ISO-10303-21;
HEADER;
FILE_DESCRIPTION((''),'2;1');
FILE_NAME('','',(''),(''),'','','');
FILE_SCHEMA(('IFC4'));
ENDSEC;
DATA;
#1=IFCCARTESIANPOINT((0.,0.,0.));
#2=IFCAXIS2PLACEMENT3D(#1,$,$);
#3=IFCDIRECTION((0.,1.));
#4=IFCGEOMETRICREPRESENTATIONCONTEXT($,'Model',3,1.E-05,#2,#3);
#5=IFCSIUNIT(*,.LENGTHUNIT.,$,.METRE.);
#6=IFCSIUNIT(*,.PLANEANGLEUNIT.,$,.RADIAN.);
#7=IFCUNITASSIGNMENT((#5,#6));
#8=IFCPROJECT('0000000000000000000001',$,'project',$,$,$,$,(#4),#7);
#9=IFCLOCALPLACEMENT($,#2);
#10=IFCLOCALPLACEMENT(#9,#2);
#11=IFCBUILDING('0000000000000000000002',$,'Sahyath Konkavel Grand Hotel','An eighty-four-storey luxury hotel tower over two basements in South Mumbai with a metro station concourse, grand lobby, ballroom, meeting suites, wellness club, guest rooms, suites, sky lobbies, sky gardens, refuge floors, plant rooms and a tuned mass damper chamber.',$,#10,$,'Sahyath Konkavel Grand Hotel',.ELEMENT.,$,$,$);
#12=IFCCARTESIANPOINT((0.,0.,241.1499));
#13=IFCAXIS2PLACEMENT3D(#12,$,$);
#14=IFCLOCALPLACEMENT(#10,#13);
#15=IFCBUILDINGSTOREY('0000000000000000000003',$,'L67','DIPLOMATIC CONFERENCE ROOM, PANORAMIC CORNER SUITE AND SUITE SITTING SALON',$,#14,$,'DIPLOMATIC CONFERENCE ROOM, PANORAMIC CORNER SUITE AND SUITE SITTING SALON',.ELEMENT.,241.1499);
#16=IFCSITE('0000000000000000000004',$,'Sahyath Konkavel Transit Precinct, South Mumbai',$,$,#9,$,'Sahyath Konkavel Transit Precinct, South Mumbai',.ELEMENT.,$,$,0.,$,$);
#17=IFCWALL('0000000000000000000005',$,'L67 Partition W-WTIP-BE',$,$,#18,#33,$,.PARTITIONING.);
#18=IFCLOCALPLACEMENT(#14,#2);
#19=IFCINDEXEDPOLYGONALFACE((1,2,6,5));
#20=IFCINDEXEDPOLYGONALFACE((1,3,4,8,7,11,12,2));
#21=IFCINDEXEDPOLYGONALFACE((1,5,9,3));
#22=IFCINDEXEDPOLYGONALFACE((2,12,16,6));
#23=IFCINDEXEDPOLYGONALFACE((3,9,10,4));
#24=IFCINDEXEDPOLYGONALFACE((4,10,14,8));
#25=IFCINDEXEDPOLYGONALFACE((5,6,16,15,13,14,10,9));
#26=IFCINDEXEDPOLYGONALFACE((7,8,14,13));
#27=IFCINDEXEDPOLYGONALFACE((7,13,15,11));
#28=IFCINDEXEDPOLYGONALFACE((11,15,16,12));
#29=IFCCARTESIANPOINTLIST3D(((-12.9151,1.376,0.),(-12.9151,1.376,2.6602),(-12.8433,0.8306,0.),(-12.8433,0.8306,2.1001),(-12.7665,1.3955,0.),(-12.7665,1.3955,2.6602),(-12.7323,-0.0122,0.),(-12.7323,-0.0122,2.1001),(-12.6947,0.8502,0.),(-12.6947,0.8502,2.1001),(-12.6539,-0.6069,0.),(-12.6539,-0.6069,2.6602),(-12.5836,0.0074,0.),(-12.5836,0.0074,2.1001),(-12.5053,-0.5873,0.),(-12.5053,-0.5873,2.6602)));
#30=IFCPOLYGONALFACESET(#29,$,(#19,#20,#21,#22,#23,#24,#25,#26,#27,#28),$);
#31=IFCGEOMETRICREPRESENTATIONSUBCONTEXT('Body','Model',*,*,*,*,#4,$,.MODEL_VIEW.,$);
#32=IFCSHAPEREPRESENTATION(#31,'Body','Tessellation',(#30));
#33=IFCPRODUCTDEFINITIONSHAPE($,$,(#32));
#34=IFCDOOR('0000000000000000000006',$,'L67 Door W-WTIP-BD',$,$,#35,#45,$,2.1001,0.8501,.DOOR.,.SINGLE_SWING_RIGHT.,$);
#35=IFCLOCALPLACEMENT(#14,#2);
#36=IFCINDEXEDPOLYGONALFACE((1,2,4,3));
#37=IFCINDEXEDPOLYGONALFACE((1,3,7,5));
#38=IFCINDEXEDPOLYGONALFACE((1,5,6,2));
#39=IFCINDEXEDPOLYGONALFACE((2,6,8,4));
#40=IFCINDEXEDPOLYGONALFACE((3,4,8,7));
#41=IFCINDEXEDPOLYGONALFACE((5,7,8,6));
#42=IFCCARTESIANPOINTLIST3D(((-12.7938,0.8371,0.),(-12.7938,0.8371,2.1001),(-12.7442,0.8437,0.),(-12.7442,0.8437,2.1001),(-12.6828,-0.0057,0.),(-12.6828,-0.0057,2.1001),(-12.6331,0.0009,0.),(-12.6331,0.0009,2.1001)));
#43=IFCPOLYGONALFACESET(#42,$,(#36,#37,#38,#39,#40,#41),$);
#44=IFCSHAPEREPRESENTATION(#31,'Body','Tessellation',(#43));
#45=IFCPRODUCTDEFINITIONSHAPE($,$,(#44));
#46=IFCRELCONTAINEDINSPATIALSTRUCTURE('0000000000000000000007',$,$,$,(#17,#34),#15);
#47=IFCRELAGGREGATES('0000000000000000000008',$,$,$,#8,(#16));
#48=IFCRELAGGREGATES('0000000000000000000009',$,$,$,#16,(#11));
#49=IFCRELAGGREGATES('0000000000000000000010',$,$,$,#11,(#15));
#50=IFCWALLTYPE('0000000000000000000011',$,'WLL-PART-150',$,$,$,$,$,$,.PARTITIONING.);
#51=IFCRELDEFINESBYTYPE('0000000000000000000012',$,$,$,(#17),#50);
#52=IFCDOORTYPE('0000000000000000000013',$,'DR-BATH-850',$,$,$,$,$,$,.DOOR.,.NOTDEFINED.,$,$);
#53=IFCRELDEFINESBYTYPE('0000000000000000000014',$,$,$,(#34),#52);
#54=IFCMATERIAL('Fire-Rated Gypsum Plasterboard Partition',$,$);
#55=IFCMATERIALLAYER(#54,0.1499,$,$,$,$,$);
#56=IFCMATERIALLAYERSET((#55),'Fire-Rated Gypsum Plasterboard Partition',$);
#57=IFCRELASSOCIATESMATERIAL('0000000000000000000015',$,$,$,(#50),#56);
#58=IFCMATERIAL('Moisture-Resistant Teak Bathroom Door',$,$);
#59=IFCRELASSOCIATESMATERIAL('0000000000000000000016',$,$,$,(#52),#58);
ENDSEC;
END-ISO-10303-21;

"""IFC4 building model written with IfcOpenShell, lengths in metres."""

from ifc_helpers import new_model, si_unit, direction, frame, frame_2d, origin, origin_2d, place, context, subcontext, project, spatial, rectangle, extrude, source, transform, mapped, material, layer, layer_set, type_object, element, fill, save


model = new_model("IFC4")

# Units and contexts
model_context = context("Model", 3, precision=1e-05, world=origin(), true_north=direction((0.0, 1.0)))
body_context = subcontext(model_context, "Body", "Model", "MODEL_VIEW")
ifc_project = project(units=[si_unit("LENGTHUNIT", "METRE"), si_unit("PLANEANGLEUNIT", "RADIAN")], contexts=[model_context])

# Site, building, storey
site_placement = place(None, origin())
site = spatial("IfcSite", under=ifc_project, at=site_placement, Name="Sahyath Konkavel Transit Precinct, South Mumbai", LongName="Sahyath Konkavel Transit Precinct, South Mumbai", CompositionType="ELEMENT", RefElevation=0.0)
building_placement = place(site_placement, origin())
building = spatial("IfcBuilding", under=site, at=building_placement, Name="Sahyath Konkavel Grand Hotel", Description="An eighty-four-storey luxury hotel tower over two basements in South Mumbai with a metro station concourse, grand lobby, ballroom, meeting suites, wellness club, guest rooms, suites, sky lobbies, sky gardens, refuge floors, plant rooms and a tuned mass damper chamber.", LongName="Sahyath Konkavel Grand Hotel", CompositionType="ELEMENT")
storey_placement = place(building_placement, frame((0.0, 0.0, 241.1499)))
storey = spatial("IfcBuildingStorey", under=building, at=storey_placement, Name="L67", Description="DIPLOMATIC CONFERENCE ROOM, PANORAMIC CORNER SUITE AND SUITE SITTING SALON", LongName="DIPLOMATIC CONFERENCE ROOM, PANORAMIC CORNER SUITE AND SUITE SITTING SALON", CompositionType="ELEMENT", Elevation=241.1499)

# Shared definitions
ifc_material_1 = material(Name="Fire-Rated Gypsum Plasterboard Partition")
ifc_layer_1 = layer(ifc_material_1, 0.1499)
ifc_layer_set_1 = layer_set([ifc_layer_1], Name="Fire-Rated Gypsum Plasterboard Partition")
wall_type_1 = type_object("IfcWallType", Name="WLL-PART-150", PredefinedType="PARTITIONING", material=ifc_layer_set_1)
shared_shape_1 = source(origin(), body_context, "Body", "SweptSolid", [
    extrude(rectangle(XDim=0.8501, YDim=0.05, at=origin_2d()), origin(), (0.0, 0.0, 1.0), 2.1001),
])

# Wall, opening, door
wall_1_placement = place(storey_placement, frame((-12.8408, 1.3857, 0.0), z_axis=(0.0, 0.0, 1.0), x_axis=(0.130612, -0.991434, 0.0)))
wall_1 = element("IfcWall", 1, at=wall_1_placement, inside=storey, type_object=wall_type_1, Name="L67 Partition W-WTIP-BE", PredefinedType="PARTITIONING", context=body_context, shape_type="SweptSolid", body=[
    extrude(rectangle(XDim=2.0, YDim=0.1499, at=frame_2d((1.0, 0.0))), origin(), (0.0, 0.0, 1.0), 2.6602),
])
opening_1_placement = place(wall_1_placement, frame((0.55, 0.0, 0.0)))
opening_1 = element("IfcOpeningElement", 2, at=opening_1_placement, cuts=wall_1, PredefinedType="OPENING", context=body_context, shape_type="SweptSolid", body=[
    extrude(rectangle(XDim=0.8501, YDim=2.1001, at=frame_2d((0.425, 1.05))), frame((0.0, 0.085, 0.0), z_axis=(0.0, -1.0, 0.0), x_axis=(1.0, 0.0, 0.0)), (0.0, 0.0, 1.0), 0.1699),
])
ifc_material_2 = material(Name="Moisture-Resistant Teak Bathroom Door")
door_type_1 = type_object("IfcDoorType", Name="DR-BATH-850", OperationType="NOTDEFINED", PredefinedType="DOOR", material=ifc_material_2)
door_1_placement = place(opening_1_placement, frame((0.425, 0.0, 0.0)))
door_1 = element("IfcDoor", 3, at=door_1_placement, inside=storey, type_object=door_type_1, Name="L67 Door W-WTIP-BD", OperationType="SINGLE_SWING_RIGHT", OverallHeight=2.1001, OverallWidth=0.8501, PredefinedType="DOOR", context=body_context, shape_type="MappedRepresentation", body=[
    mapped(shared_shape_1, transform((0.0, 0.0, 0.0), scale=1.0)),
])
fill(opening_1, door_1)

save(model, "model.ifc")
